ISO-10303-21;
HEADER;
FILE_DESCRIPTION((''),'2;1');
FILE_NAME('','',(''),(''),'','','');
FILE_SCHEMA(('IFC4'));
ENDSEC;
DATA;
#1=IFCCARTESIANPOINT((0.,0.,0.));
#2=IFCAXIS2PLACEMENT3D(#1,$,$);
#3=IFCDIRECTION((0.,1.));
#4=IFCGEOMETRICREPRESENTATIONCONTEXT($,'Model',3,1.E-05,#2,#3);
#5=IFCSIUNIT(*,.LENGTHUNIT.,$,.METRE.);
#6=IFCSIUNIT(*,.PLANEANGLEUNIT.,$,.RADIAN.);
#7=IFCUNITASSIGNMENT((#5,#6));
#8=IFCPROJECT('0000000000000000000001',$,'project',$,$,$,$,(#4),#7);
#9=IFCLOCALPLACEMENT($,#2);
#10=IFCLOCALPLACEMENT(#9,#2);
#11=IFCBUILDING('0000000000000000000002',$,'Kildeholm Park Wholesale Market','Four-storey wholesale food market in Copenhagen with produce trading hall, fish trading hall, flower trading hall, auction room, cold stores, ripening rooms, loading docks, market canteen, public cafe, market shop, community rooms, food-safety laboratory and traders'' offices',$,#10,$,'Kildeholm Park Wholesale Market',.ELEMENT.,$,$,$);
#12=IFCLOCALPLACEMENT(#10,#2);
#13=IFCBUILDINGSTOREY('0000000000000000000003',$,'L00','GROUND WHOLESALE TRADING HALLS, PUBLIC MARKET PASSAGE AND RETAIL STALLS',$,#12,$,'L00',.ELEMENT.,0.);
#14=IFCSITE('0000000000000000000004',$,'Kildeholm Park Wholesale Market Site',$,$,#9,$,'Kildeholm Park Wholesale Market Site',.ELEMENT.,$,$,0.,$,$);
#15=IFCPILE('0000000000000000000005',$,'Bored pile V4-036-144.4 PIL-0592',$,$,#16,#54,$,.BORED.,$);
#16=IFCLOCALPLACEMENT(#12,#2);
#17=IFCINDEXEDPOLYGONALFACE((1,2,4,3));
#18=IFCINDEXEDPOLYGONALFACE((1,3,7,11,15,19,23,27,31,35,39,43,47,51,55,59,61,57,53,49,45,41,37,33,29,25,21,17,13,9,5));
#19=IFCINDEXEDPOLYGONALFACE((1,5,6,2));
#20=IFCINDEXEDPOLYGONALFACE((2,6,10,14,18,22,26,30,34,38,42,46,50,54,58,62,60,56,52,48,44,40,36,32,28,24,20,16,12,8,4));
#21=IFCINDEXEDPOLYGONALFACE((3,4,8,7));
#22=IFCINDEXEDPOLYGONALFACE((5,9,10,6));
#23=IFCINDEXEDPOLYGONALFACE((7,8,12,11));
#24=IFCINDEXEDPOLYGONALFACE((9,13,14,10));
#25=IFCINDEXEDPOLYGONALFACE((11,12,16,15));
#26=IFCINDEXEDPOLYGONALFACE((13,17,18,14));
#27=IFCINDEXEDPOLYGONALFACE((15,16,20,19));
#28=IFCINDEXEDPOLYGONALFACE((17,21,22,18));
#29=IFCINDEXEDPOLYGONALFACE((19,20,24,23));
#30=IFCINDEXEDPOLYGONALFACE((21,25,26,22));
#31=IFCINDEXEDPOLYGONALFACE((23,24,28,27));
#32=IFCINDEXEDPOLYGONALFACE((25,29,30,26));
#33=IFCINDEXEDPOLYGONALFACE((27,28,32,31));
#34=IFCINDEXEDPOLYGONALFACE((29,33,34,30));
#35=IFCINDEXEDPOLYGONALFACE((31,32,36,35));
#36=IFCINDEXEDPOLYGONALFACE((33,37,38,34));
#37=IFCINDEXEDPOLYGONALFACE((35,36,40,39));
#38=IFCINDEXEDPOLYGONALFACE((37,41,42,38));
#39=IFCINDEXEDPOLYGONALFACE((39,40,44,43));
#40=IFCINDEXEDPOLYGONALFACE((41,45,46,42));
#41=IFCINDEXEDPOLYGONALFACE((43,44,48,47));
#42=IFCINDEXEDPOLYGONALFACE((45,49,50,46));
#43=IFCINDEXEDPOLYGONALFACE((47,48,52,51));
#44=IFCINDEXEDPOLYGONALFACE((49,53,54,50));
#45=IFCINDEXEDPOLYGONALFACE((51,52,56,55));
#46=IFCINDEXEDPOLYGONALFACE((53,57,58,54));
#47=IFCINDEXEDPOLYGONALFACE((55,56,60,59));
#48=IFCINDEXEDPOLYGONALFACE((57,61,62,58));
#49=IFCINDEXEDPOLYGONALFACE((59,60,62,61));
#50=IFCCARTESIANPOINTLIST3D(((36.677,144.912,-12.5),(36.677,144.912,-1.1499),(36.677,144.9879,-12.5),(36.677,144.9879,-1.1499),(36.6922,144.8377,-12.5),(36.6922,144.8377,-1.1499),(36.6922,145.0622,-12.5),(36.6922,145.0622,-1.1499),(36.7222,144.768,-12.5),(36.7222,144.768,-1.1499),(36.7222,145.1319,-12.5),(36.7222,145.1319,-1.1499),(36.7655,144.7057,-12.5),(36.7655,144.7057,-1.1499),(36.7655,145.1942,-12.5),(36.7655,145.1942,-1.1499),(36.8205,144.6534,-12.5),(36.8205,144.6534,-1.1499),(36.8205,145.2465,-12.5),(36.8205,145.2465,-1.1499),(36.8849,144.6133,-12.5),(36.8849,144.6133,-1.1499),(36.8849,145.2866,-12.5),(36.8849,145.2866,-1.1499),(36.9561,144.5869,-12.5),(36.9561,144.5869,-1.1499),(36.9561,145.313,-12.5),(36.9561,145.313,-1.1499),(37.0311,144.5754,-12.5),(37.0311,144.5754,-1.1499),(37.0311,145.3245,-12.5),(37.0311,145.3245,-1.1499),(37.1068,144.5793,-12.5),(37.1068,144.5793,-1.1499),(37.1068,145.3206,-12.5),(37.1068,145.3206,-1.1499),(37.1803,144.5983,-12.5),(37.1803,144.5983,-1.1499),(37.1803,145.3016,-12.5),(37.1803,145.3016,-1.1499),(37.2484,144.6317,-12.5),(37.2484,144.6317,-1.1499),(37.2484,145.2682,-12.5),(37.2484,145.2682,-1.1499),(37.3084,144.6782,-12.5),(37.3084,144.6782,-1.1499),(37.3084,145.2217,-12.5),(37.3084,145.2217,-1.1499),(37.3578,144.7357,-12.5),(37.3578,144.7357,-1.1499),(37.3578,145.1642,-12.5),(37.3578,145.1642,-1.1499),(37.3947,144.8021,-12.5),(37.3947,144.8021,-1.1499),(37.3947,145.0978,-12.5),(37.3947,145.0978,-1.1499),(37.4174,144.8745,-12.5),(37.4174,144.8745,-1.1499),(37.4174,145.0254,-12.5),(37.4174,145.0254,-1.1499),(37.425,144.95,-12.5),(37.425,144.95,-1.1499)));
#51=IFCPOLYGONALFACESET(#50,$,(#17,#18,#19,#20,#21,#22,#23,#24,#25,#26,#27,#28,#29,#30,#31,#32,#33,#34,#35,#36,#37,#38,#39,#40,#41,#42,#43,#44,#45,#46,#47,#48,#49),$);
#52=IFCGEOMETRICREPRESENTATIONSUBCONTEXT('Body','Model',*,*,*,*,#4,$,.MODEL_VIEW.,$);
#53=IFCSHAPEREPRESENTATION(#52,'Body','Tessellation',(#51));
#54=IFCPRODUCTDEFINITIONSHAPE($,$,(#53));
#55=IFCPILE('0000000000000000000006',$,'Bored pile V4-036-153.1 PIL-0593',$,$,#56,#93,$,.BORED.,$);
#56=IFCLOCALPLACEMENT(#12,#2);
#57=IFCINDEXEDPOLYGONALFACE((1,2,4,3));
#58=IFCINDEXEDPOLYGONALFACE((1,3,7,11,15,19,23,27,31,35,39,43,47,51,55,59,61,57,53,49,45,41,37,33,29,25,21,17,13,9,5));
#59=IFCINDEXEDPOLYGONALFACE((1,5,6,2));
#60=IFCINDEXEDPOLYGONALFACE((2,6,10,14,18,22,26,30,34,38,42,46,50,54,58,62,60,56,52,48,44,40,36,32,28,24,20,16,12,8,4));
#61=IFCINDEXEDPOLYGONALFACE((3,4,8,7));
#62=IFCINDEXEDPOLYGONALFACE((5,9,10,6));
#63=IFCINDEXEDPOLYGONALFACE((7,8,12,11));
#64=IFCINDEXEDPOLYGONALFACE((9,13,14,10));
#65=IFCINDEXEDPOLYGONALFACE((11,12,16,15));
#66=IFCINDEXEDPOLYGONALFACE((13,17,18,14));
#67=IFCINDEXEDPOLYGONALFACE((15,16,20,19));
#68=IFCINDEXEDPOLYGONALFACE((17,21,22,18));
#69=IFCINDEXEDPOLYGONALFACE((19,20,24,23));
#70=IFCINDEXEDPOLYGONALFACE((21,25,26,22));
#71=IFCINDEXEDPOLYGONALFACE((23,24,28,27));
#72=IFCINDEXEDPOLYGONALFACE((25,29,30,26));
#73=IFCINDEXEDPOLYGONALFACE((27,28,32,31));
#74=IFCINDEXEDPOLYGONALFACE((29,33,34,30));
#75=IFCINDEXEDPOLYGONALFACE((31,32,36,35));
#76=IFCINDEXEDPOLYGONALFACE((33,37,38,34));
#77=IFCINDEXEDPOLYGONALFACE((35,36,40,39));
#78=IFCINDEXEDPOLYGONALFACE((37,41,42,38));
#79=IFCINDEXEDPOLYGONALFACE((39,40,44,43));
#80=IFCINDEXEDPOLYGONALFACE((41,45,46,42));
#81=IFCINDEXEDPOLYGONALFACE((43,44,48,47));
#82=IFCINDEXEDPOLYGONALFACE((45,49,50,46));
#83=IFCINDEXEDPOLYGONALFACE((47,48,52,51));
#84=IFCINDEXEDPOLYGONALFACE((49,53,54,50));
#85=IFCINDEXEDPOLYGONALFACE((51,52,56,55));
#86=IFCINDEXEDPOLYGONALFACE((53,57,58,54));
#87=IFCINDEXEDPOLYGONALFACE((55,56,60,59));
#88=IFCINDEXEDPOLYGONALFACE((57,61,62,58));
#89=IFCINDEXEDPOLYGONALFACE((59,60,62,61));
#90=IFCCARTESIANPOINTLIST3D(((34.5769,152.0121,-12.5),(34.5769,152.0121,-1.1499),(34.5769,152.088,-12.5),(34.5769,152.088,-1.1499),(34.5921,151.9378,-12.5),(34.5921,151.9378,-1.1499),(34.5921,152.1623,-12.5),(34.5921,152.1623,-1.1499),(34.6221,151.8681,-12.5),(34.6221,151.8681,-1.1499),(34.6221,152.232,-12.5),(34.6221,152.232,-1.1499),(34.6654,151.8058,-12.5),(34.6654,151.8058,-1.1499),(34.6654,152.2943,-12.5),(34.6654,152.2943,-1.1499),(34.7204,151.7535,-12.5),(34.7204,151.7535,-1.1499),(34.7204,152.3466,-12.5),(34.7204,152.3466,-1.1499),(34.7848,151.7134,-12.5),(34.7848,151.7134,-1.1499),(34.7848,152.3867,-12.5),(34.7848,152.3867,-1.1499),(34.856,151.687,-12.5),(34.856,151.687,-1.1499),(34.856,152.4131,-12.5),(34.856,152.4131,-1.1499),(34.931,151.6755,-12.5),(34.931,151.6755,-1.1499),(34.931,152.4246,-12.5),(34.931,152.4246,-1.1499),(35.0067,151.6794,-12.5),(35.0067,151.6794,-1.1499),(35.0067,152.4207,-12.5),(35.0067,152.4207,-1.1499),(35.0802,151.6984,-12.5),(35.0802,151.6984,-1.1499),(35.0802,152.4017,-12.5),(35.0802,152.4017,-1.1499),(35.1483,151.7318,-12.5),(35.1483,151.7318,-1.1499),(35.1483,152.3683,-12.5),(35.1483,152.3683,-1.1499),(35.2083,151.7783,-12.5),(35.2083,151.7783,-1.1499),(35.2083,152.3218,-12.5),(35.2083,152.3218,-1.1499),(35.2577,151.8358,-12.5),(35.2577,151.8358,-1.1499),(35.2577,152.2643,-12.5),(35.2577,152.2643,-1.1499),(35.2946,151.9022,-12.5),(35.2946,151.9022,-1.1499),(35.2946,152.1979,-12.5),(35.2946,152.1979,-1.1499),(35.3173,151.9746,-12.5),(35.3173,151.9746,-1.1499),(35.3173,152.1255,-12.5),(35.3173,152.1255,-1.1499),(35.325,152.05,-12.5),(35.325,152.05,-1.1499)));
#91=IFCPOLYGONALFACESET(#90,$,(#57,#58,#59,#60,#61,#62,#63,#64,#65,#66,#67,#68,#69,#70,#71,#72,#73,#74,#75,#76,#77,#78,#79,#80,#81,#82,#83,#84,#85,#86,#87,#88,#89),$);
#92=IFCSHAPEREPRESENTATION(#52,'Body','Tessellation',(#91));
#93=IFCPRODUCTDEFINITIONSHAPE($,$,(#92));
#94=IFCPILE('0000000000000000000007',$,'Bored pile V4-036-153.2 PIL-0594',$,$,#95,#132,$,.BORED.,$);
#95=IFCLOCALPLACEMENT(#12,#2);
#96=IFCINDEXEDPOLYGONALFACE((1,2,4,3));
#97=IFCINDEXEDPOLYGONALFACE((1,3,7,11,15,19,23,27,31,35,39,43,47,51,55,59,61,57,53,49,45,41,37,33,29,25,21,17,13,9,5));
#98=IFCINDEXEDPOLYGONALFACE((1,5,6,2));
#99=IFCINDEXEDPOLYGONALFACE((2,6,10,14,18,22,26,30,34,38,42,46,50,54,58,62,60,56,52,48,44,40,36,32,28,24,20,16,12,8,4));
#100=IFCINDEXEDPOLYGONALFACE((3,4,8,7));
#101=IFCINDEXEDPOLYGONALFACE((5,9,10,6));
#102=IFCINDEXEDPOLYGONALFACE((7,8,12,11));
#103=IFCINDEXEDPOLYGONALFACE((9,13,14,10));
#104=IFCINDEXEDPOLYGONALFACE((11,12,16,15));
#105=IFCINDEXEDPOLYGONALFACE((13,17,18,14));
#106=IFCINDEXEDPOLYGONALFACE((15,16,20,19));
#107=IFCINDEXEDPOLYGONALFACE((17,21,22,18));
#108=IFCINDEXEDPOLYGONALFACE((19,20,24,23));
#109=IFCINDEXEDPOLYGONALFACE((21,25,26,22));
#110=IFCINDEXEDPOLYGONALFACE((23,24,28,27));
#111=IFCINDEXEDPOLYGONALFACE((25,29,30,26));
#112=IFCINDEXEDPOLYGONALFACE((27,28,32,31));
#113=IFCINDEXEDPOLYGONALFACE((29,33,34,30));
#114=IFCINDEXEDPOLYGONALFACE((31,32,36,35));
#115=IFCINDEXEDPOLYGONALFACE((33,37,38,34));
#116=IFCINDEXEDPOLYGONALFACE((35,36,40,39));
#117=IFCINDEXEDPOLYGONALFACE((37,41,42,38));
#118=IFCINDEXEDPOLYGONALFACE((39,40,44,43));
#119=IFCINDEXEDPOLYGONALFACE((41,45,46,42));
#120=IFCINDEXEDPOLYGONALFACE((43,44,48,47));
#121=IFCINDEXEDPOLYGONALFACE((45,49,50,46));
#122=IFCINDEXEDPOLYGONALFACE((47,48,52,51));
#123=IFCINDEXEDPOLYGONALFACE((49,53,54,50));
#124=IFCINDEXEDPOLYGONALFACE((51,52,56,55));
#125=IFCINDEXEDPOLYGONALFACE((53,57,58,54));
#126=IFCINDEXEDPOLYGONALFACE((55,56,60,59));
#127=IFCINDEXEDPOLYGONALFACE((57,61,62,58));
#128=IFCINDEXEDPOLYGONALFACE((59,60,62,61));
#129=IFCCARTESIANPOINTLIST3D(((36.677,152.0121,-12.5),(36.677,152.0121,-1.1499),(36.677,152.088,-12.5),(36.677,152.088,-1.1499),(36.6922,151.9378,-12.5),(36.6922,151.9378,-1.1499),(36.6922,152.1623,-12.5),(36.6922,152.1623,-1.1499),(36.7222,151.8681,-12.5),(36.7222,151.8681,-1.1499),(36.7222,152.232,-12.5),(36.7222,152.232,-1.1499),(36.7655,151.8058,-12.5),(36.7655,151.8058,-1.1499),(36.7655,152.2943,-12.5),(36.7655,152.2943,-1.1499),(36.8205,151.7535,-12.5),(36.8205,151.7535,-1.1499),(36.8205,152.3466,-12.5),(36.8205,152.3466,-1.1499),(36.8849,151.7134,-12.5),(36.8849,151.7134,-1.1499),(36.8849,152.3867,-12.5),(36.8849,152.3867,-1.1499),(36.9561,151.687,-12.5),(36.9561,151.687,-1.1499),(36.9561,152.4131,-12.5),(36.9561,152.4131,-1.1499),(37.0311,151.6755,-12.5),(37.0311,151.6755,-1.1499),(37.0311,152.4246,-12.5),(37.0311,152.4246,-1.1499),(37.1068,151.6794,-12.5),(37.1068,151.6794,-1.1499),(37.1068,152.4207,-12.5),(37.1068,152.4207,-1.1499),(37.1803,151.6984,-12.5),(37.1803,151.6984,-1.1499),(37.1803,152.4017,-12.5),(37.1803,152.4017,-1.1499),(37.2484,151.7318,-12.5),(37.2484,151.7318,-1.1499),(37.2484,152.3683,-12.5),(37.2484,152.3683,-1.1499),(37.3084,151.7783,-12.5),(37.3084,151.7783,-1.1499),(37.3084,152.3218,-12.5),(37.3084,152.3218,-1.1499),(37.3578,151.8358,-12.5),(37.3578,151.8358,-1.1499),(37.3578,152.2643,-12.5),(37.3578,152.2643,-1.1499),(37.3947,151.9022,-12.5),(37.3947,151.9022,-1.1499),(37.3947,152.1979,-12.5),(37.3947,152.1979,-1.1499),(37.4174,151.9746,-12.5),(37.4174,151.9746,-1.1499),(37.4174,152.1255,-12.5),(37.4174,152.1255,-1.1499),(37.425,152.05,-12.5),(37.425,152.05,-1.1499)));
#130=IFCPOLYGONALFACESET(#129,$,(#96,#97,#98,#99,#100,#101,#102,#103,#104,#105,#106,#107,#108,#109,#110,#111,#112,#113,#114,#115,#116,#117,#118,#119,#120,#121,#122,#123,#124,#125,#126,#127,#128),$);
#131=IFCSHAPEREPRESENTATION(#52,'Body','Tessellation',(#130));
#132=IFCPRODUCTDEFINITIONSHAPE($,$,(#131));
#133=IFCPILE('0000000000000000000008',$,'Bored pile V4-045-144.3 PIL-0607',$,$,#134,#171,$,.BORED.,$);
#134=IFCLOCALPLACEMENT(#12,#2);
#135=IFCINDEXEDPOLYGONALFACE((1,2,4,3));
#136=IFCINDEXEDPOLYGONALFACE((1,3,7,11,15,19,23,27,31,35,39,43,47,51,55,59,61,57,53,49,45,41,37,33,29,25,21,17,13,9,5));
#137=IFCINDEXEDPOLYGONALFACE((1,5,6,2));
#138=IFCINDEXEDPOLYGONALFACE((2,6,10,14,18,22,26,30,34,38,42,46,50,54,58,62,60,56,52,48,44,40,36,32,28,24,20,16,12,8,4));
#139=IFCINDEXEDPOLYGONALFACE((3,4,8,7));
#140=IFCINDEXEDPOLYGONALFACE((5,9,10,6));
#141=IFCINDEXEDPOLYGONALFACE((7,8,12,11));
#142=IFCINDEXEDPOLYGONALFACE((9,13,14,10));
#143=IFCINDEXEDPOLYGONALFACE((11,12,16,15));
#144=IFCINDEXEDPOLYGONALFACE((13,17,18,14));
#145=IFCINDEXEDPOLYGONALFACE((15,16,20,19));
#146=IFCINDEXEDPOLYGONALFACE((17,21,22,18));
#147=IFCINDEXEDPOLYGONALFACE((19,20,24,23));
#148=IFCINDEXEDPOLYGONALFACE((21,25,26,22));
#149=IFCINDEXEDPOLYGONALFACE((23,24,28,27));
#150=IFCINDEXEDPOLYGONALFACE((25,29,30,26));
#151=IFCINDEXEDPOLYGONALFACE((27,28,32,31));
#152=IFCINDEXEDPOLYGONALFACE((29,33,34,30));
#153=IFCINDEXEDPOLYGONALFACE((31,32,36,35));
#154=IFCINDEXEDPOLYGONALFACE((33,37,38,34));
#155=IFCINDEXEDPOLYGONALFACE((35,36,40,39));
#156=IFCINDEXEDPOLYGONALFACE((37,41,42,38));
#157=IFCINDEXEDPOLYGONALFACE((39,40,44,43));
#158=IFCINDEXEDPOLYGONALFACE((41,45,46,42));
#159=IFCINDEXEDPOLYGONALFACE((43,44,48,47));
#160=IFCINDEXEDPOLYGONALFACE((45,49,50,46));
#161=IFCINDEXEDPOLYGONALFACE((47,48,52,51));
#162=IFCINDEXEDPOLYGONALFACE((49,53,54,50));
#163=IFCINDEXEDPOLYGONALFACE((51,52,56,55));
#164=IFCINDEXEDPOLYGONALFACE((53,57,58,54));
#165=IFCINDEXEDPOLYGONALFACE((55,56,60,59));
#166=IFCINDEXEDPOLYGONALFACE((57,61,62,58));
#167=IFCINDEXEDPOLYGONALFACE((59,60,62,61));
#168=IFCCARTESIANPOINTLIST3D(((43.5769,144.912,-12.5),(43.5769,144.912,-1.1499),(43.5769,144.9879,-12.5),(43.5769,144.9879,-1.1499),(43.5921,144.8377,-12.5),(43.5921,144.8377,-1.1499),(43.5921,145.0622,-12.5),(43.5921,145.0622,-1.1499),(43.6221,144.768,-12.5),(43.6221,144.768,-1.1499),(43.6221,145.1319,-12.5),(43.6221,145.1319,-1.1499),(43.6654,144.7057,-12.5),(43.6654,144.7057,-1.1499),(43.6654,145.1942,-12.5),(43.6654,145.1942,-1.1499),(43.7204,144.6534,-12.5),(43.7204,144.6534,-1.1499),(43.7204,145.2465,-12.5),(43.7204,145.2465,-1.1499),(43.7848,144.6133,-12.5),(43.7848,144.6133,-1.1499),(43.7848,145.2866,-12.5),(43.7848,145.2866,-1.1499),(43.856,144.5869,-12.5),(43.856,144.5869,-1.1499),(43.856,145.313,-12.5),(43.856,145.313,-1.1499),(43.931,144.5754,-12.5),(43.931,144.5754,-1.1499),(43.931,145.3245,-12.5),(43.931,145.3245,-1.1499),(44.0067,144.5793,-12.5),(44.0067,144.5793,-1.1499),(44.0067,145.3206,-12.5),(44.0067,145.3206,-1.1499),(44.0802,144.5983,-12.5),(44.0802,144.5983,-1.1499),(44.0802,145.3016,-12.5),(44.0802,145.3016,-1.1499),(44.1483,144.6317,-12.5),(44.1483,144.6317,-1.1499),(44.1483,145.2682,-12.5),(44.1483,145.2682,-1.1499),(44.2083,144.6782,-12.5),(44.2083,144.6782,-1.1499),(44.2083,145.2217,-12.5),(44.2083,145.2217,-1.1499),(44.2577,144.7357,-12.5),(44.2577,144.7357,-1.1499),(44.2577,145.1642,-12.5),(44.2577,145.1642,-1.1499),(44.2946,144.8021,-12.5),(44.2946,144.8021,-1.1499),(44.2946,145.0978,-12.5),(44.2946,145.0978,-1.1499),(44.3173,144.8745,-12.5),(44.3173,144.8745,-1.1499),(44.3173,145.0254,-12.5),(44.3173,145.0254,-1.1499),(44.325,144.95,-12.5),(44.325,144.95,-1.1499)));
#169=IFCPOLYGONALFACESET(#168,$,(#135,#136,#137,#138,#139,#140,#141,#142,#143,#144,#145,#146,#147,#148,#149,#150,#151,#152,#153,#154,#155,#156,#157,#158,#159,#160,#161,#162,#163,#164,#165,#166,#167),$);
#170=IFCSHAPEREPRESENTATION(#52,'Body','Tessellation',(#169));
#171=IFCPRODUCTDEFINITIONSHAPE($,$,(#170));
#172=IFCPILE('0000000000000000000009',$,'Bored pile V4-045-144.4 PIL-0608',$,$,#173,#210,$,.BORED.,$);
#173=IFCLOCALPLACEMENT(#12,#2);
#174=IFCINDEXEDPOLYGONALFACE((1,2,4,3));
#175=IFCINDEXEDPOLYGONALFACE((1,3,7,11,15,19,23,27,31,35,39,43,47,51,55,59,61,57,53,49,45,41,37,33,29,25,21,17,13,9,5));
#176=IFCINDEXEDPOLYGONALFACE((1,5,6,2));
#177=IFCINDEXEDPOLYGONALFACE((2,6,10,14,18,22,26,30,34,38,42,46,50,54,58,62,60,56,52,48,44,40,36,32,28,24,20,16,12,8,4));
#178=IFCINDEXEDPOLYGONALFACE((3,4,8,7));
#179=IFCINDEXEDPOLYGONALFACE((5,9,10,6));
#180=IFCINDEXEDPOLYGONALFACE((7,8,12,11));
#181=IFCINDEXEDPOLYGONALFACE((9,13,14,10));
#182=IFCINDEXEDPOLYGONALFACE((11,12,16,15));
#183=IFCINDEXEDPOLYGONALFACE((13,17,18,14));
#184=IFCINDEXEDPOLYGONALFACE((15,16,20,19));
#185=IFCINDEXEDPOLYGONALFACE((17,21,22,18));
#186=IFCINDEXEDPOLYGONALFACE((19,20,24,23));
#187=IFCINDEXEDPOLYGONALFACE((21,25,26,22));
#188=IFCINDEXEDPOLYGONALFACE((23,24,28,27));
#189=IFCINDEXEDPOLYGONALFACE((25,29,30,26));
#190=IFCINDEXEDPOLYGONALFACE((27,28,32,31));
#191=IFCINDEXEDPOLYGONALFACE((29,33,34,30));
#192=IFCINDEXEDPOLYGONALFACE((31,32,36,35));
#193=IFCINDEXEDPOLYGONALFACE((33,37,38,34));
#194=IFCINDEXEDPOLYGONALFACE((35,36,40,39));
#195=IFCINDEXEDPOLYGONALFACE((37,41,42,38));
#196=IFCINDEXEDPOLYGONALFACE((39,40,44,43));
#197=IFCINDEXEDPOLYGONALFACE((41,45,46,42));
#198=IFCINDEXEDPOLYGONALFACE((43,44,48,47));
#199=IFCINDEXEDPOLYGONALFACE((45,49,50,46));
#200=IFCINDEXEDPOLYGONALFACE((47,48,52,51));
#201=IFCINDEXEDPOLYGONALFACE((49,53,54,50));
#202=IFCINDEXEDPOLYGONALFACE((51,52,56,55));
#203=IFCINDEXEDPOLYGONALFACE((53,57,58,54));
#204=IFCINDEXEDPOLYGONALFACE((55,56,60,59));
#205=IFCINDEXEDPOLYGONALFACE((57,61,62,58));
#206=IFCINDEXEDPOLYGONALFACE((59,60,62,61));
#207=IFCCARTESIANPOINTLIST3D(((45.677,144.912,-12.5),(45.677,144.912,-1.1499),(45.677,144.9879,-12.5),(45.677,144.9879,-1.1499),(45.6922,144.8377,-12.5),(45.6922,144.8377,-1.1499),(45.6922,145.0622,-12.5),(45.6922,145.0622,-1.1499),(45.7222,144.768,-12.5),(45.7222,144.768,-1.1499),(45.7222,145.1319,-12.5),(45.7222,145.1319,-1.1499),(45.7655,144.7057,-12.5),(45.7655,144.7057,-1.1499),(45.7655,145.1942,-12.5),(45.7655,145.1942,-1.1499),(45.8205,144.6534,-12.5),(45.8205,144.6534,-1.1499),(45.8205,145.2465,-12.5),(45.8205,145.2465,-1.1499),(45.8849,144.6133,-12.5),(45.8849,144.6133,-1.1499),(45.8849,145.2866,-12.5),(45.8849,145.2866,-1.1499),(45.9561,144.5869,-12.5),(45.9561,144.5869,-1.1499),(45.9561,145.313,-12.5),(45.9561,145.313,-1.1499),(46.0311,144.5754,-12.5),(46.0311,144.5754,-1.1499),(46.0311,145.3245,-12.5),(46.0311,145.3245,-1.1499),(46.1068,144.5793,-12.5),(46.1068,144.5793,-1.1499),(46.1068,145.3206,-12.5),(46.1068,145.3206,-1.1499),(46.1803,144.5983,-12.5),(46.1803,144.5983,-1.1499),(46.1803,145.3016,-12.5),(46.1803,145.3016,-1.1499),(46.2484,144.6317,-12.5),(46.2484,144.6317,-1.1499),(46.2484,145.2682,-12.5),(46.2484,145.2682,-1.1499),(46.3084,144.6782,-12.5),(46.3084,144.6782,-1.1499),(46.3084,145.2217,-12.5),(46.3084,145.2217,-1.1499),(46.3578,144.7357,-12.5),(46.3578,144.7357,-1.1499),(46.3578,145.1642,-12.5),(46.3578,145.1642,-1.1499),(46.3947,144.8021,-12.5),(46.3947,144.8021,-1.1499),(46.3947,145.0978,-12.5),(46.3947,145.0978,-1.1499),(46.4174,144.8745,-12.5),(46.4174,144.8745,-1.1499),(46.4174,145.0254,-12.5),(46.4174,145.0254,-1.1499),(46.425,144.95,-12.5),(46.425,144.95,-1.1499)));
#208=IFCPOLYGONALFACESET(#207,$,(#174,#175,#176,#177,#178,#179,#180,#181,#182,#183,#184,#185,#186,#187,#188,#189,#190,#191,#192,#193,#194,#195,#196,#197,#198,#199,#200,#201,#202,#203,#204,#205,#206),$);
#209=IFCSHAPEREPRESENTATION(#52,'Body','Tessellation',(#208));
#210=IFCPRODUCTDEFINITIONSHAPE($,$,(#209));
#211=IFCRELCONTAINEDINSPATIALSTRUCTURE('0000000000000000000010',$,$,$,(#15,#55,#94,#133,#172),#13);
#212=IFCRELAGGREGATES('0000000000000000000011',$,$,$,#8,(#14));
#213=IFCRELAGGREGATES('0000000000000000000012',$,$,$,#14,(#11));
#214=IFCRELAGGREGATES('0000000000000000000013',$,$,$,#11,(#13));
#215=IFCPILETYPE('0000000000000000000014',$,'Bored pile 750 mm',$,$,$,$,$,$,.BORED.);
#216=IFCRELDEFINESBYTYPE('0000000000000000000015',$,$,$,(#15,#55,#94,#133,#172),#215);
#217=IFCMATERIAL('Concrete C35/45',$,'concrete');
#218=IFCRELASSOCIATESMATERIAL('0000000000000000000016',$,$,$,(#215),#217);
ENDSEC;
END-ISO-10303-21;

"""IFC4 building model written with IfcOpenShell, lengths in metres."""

from ifc_helpers import new_model, si_unit, direction, frame, origin, origin_2d, place, context, subcontext, project, spatial, circle, extrude, material, material_profile, profile_set, type_object, element, save


model = new_model("IFC4")

# Units and contexts
model_context = context("Model", 3, precision=1e-05, world=origin(), true_north=direction((0.0, 1.0)))
body_context = subcontext(model_context, "Body", "Model", "MODEL_VIEW")
ifc_project = project(units=[si_unit("LENGTHUNIT", "METRE"), si_unit("PLANEANGLEUNIT", "RADIAN")], contexts=[model_context])

# Site, building, storey
site_placement = place(None, origin())
site = spatial("IfcSite", under=ifc_project, at=site_placement, Name="Kildeholm Park Wholesale Market Site", LongName="Kildeholm Park Wholesale Market Site", CompositionType="ELEMENT", RefElevation=0.0)
building_placement = place(site_placement, origin())
building = spatial("IfcBuilding", under=site, at=building_placement, Name="Kildeholm Park Wholesale Market", Description="Four-storey wholesale food market in Copenhagen with produce trading hall, fish trading hall, flower trading hall, auction room, cold stores, ripening rooms, loading docks, market canteen, public cafe, market shop, community rooms, food-safety laboratory and traders' offices", LongName="Kildeholm Park Wholesale Market", CompositionType="ELEMENT")
storey_placement = place(building_placement, origin())
storey = spatial("IfcBuildingStorey", under=building, at=storey_placement, Name="L00", Description="GROUND WHOLESALE TRADING HALLS, PUBLIC MARKET PASSAGE AND RETAIL STALLS", LongName="L00", CompositionType="ELEMENT", Elevation=0.0)

# Piles
ifc_material_1 = material(Name="Concrete C35/45", Category="concrete")
ifc_material_profile_1 = material_profile(ifc_material_1, circle(Radius=0.375, at=origin_2d()), Name="PILE D750")
ifc_profile_set_1 = profile_set([ifc_material_profile_1], Name="Concrete C35/45")
pile_type = type_object("IfcPileType", Name="Bored pile 750 mm", PredefinedType="BORED", material=ifc_profile_set_1)
for number, where, z_axis, x_axis, name in (
    (1, (37.05, 144.95, -1.1499), (0.0, 0.0, -1.0), (1.0, 0.0, 0.0), "Bored pile V4-036-144.4 PIL-0592"),
    (2, (34.95, 152.05, -1.1499), (0.0, 0.0, -1.0), (1.0, 0.0, 0.0), "Bored pile V4-036-153.1 PIL-0593"),
    (3, (37.05, 152.05, -1.1499), (0.0, 0.0, -1.0), (1.0, 0.0, 0.0), "Bored pile V4-036-153.2 PIL-0594"),
    (4, (43.95, 144.95, -1.1499), (0.0, 0.0, -1.0), (1.0, 0.0, 0.0), "Bored pile V4-045-144.3 PIL-0607"),
    (5, (46.05, 144.95, -1.1499), (0.0, 0.0, -1.0), (1.0, 0.0, 0.0), "Bored pile V4-045-144.4 PIL-0608"),
):
    element("IfcPile", number, at=place(storey_placement, frame(where, z_axis=z_axis, x_axis=x_axis)), inside=storey, type_object=pile_type, Name=name, PredefinedType="BORED", context=body_context, shape_type="SweptSolid", body=[
        extrude(circle(Radius=0.375, at=origin_2d()), origin(), (0.0, 0.0, 1.0), 11.3501),
    ])

save(model, "model.ifc")
